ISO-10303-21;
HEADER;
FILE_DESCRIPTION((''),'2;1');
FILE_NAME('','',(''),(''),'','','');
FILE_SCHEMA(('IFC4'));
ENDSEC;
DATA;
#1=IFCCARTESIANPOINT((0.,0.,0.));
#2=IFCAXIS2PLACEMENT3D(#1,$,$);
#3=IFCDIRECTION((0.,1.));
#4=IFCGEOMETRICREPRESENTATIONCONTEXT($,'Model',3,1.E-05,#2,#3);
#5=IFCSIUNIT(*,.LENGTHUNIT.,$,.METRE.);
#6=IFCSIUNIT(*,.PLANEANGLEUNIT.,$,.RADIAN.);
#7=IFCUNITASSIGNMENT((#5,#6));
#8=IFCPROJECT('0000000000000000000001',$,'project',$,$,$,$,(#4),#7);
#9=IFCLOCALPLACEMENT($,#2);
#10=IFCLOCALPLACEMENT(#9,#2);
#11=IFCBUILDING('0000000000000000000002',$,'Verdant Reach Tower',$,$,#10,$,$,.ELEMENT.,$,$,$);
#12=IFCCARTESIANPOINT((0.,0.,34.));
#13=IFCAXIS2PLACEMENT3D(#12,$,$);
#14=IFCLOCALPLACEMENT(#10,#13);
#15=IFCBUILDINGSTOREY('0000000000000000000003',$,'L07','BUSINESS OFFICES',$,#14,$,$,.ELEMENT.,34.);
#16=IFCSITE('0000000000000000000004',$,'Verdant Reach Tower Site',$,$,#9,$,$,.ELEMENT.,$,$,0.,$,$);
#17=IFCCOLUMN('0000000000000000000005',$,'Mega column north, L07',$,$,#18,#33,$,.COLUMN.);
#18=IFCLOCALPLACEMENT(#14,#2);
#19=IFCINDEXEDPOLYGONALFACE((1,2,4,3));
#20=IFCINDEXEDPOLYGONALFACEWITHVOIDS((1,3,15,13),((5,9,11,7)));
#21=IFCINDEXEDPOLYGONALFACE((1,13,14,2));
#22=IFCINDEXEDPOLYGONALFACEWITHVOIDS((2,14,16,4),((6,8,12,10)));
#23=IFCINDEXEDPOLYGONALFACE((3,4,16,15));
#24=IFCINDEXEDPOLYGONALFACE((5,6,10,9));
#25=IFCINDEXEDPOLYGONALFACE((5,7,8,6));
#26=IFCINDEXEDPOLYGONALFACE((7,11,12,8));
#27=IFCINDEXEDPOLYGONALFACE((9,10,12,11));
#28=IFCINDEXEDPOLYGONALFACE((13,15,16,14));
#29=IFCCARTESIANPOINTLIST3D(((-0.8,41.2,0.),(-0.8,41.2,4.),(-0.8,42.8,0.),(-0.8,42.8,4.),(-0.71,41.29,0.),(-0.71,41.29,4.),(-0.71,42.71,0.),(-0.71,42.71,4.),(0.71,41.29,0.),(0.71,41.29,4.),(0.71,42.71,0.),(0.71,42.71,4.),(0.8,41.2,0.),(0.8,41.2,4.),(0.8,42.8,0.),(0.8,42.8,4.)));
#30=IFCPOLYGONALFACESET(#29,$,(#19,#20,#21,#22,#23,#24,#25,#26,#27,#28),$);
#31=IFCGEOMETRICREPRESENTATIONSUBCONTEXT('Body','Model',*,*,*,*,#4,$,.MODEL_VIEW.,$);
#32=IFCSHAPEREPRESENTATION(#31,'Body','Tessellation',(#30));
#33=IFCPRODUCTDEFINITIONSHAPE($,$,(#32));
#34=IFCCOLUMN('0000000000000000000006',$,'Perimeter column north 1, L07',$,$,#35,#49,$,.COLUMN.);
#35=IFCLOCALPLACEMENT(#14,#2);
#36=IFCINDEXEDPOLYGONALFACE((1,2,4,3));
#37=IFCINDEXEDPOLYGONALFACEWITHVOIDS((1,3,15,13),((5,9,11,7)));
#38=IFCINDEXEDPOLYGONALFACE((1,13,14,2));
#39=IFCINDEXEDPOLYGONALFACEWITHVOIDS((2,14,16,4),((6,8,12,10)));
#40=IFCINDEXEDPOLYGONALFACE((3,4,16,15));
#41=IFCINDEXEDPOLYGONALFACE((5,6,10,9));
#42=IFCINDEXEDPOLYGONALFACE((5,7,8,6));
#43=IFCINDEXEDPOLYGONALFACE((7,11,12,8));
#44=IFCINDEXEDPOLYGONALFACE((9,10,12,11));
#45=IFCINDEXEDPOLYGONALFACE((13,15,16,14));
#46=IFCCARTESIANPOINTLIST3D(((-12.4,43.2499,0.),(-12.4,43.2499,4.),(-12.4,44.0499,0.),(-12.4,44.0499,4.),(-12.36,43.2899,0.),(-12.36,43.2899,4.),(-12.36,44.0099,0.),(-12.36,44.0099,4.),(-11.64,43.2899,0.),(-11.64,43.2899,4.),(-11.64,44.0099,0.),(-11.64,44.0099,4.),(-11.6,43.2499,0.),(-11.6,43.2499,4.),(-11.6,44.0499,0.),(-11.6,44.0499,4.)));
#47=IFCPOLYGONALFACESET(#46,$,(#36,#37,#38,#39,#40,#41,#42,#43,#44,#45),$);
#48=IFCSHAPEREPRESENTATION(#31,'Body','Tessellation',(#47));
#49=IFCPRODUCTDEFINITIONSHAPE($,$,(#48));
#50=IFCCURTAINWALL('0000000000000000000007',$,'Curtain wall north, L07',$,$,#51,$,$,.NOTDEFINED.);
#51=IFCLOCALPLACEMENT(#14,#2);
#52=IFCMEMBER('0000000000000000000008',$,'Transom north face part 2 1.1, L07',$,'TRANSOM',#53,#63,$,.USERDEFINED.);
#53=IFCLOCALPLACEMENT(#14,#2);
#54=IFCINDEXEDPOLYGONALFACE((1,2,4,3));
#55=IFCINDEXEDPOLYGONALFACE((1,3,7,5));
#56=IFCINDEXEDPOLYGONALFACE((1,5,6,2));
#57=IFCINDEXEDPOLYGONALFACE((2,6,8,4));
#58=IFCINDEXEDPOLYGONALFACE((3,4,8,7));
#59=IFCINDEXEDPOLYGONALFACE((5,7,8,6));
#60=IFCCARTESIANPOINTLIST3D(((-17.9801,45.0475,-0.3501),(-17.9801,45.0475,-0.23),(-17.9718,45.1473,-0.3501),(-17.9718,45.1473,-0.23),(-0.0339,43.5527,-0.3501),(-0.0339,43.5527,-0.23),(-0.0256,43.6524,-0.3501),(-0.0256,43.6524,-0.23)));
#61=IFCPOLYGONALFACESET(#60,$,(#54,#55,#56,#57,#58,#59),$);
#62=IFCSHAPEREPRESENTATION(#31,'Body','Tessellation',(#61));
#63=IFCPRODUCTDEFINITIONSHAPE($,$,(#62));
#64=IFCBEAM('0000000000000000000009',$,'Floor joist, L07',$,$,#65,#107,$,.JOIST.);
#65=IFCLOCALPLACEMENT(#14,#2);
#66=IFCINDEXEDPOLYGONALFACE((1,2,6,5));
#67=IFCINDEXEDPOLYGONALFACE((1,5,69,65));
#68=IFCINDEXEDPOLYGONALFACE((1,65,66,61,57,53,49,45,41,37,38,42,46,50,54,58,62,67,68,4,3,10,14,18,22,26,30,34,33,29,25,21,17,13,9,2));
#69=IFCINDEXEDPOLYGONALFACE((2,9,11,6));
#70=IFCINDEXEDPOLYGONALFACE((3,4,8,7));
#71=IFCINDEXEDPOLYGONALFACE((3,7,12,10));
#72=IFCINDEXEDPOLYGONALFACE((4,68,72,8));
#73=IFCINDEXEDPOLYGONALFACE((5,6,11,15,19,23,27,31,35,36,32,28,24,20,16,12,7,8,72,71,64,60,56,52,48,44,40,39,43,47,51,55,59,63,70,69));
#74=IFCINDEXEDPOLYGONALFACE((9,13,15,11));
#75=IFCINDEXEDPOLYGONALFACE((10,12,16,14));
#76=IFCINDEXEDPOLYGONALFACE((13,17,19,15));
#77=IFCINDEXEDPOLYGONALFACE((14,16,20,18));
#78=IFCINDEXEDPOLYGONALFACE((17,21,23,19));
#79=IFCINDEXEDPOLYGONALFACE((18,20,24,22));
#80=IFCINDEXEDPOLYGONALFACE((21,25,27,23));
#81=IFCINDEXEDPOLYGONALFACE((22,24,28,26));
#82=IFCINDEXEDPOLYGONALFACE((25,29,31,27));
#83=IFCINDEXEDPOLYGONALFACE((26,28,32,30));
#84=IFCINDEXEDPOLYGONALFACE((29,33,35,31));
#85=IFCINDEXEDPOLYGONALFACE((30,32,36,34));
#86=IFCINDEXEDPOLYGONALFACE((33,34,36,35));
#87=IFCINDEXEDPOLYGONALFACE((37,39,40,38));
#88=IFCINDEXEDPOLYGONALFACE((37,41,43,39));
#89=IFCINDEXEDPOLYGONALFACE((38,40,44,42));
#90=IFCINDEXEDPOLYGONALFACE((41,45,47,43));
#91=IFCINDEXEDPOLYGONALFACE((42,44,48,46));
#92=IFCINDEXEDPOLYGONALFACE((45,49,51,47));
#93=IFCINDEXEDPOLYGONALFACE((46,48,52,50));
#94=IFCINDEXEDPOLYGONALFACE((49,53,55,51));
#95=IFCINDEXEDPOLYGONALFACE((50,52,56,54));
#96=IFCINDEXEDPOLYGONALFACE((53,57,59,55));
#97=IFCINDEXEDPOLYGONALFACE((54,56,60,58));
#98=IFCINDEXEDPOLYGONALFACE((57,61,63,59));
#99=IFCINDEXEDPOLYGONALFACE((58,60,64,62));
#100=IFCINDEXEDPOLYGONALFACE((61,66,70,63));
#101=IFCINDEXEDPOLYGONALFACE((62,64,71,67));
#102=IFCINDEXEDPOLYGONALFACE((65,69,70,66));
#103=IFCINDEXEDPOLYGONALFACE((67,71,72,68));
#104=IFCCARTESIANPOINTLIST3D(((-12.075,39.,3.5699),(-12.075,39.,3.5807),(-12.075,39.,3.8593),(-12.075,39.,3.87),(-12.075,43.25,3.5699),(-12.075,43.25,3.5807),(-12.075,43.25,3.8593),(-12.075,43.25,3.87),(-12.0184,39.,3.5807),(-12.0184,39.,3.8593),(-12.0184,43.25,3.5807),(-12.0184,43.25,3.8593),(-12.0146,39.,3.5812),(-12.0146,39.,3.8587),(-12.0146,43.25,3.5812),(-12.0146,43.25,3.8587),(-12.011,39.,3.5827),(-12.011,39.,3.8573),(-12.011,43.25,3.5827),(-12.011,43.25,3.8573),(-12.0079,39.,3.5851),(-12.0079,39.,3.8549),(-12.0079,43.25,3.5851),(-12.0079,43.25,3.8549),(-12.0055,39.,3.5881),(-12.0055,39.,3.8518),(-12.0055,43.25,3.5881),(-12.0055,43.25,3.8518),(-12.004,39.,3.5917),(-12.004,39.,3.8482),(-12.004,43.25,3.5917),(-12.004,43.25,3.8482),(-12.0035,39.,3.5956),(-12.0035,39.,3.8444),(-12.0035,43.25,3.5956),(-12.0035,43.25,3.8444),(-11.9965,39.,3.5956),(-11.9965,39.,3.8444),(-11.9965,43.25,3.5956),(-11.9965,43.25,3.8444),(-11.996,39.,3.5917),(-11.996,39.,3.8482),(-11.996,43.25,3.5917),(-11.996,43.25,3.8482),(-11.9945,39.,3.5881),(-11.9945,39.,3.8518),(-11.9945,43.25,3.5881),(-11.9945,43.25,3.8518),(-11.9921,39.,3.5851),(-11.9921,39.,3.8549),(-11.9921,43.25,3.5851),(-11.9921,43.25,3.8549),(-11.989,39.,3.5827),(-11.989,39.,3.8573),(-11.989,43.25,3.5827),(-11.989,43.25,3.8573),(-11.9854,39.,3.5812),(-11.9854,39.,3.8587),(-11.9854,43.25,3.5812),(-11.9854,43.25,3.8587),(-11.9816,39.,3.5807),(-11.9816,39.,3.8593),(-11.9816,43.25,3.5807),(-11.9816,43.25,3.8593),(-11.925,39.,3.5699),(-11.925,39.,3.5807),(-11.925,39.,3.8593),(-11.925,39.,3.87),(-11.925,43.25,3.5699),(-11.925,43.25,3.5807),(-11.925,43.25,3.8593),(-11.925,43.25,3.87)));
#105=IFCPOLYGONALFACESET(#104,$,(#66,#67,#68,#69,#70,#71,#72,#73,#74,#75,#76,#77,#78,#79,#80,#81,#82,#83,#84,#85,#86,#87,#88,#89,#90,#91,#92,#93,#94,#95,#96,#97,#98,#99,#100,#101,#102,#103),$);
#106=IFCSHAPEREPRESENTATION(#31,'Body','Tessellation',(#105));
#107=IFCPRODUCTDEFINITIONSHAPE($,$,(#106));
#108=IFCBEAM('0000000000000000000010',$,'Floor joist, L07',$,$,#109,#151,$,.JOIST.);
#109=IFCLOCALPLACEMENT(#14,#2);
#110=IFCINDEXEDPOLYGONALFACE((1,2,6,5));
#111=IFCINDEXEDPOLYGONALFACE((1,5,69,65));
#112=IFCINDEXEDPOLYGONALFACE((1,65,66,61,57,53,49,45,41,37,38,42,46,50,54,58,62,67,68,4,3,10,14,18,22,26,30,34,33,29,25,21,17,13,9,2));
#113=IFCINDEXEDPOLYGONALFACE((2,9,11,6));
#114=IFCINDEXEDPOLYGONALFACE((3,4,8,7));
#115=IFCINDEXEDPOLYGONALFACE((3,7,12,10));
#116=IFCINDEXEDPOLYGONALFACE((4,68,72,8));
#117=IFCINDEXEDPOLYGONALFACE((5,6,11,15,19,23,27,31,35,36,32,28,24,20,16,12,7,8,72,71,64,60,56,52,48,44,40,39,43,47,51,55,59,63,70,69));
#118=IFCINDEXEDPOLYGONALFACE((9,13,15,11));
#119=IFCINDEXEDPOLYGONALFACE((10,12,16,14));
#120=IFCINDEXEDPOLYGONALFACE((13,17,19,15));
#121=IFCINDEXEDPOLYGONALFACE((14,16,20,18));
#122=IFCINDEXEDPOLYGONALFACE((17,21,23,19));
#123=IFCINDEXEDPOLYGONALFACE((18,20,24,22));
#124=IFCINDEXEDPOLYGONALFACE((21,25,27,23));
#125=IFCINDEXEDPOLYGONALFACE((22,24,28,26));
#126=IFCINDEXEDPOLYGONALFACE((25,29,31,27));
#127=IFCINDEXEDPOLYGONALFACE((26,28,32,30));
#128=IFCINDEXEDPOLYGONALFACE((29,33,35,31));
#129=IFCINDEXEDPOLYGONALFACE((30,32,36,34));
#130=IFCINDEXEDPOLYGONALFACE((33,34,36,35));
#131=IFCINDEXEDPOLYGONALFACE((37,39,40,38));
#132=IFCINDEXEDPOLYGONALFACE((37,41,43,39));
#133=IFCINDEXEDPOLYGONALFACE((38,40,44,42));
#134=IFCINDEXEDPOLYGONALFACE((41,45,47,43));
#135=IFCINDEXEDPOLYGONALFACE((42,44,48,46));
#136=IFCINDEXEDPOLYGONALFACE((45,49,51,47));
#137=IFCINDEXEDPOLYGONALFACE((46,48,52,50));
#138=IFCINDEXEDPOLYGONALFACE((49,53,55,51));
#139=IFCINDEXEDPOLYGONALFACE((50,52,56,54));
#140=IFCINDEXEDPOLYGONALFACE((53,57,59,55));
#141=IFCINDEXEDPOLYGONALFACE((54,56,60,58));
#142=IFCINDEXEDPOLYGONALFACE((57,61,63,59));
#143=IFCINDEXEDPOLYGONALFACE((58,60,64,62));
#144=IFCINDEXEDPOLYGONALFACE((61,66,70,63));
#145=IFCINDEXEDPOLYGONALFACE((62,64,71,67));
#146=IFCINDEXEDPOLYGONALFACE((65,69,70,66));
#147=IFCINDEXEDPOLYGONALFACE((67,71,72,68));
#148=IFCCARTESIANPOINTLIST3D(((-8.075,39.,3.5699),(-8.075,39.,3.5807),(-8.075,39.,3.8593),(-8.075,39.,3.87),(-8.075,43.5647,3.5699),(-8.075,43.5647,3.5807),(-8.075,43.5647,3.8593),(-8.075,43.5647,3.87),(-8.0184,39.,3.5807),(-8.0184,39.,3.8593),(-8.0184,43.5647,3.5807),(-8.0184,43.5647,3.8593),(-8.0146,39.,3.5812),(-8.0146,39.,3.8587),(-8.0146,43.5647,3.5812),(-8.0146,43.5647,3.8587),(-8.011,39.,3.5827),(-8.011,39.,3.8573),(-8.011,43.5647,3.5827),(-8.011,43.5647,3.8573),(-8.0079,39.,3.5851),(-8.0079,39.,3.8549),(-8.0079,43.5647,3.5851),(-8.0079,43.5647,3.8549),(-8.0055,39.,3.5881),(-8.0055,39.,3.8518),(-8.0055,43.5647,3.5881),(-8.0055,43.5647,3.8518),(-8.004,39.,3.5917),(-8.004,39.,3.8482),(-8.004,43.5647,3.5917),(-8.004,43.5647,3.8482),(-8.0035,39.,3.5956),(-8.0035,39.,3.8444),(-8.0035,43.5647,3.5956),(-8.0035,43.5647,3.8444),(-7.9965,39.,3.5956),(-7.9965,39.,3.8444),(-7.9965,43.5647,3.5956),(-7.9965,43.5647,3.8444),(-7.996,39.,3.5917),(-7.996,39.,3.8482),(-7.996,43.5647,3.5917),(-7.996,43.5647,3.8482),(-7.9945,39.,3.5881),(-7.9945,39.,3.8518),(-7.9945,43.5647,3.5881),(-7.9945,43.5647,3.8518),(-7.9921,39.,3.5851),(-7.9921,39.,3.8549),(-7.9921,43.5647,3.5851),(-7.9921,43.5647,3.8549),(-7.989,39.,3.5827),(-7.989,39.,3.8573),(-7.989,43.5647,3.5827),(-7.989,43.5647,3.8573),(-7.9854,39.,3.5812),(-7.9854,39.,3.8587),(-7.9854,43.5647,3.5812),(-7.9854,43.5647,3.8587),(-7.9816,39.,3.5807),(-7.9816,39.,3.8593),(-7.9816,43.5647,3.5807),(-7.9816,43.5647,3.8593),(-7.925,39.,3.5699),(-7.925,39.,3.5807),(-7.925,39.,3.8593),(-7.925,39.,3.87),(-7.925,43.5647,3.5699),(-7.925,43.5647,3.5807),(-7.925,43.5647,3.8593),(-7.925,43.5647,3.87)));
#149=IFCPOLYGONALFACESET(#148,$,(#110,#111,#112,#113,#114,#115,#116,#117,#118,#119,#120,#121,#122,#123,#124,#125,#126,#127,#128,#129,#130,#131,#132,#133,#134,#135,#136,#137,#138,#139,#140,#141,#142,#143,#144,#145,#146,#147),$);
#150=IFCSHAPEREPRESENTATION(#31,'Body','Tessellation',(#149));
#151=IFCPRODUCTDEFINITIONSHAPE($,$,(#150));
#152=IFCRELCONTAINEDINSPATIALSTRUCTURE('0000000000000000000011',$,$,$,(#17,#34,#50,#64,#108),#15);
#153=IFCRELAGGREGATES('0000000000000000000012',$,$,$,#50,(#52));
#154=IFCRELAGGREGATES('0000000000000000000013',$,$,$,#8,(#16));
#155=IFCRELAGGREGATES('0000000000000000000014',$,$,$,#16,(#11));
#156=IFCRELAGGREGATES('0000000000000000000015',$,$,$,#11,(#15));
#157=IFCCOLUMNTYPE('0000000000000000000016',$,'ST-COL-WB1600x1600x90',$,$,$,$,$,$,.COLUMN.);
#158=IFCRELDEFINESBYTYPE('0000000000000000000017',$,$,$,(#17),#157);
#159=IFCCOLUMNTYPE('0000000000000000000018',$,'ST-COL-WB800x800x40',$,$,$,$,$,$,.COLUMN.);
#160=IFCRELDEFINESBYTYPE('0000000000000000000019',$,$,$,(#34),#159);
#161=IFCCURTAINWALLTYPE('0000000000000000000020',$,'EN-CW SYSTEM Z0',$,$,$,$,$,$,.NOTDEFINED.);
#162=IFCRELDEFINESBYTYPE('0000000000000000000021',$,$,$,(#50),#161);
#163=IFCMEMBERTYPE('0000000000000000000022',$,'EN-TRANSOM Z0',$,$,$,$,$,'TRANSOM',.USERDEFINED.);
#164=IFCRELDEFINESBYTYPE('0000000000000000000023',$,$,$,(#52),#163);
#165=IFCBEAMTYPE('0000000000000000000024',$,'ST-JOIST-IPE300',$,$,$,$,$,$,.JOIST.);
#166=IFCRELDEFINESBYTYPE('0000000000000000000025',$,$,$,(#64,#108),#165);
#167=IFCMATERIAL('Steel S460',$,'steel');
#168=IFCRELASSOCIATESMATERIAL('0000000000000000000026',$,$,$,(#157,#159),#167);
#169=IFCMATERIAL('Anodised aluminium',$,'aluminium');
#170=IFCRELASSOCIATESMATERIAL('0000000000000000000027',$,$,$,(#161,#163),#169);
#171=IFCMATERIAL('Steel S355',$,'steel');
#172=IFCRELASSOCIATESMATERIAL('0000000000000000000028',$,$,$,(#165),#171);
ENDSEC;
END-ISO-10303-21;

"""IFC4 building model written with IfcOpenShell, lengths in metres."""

from ifc_helpers import new_model, si_unit, direction, frame, origin, origin_2d, place, context, subcontext, project, spatial, rectangle, hollow_rectangle, i_section, extrude, material, material_profile, profile_set, type_object, element, aggregate, save


model = new_model("IFC4")

# Units and contexts
model_context = context("Model", 3, precision=1e-05, world=origin(), true_north=direction((0.0, 1.0)))
body_context = subcontext(model_context, "Body", "Model", "MODEL_VIEW")
ifc_project = project(units=[si_unit("LENGTHUNIT", "METRE"), si_unit("PLANEANGLEUNIT", "RADIAN")], contexts=[model_context])

# Site, building, storey
site_placement = place(None, origin())
site = spatial("IfcSite", under=ifc_project, at=site_placement, Name="Verdant Reach Tower Site", CompositionType="ELEMENT", RefElevation=0.0)
building_placement = place(site_placement, origin())
building = spatial("IfcBuilding", under=site, at=building_placement, Name="Verdant Reach Tower", CompositionType="ELEMENT")
storey_placement = place(building_placement, frame((0.0, 0.0, 34.0)))
storey = spatial("IfcBuildingStorey", under=building, at=storey_placement, Name="L07", Description="BUSINESS OFFICES", CompositionType="ELEMENT", Elevation=34.0)

# Columns
ifc_material_1 = material(Name="Steel S460", Category="steel")
ifc_material_profile_1 = material_profile(ifc_material_1, hollow_rectangle(XDim=1.6001, YDim=1.6001, WallThickness=0.0901, at=origin_2d()), Name="WB 1600x1600x90")
ifc_profile_set_1 = profile_set([ifc_material_profile_1], Name="Steel S460")
column_type_1 = type_object("IfcColumnType", Name="ST-COL-WB1600x1600x90", PredefinedType="COLUMN", material=ifc_profile_set_1)
column_1_placement = place(storey_placement, frame((0.0, 42.0, 0.0), z_axis=(0.0, 0.0, 1.0), x_axis=(1.0, 0.0, 0.0)))
element("IfcColumn", 1, at=column_1_placement, inside=storey, type_object=column_type_1, Name="Mega column north, L07", PredefinedType="COLUMN", context=body_context, shape_type="SweptSolid", body=[
    extrude(hollow_rectangle(XDim=1.6001, YDim=1.6001, WallThickness=0.0901, at=origin_2d()), origin(), (0.0, 0.0, 1.0), 4.0),
])
ifc_material_profile_2 = material_profile(ifc_material_1, hollow_rectangle(XDim=0.8, YDim=0.8, WallThickness=0.04, at=origin_2d()), Name="WB 800x800x40")
ifc_profile_set_2 = profile_set([ifc_material_profile_2], Name="Steel S460")
column_type_2 = type_object("IfcColumnType", Name="ST-COL-WB800x800x40", PredefinedType="COLUMN", material=ifc_profile_set_2)
column_2_placement = place(storey_placement, frame((-12.0, 43.6499, 0.0), z_axis=(0.0, 0.0, 1.0), x_axis=(1.0, 0.0, 0.0)))
element("IfcColumn", 2, at=column_2_placement, inside=storey, type_object=column_type_2, Name="Perimeter column north 1, L07", PredefinedType="COLUMN", context=body_context, shape_type="SweptSolid", body=[
    extrude(hollow_rectangle(XDim=0.8, YDim=0.8, WallThickness=0.04, at=origin_2d()), origin(), (0.0, 0.0, 1.0), 4.0),
])

# Curtain wall, member
ifc_material_2 = material(Name="Anodised aluminium", Category="aluminium")
curtain_wall_type = type_object("IfcCurtainWallType", Name="EN-CW SYSTEM Z0", PredefinedType="NOTDEFINED", material=ifc_material_2)
curtain_wall_placement = place(storey_placement, origin())
curtain_wall = element("IfcCurtainWall", 3, at=curtain_wall_placement, inside=storey, type_object=curtain_wall_type, Name="Curtain wall north, L07", PredefinedType="NOTDEFINED")
ifc_material_profile_3 = material_profile(ifc_material_2, rectangle(XDim=0.1001, YDim=0.1201, at=origin_2d()), Name="Transom 120x100")
ifc_profile_set_3 = profile_set([ifc_material_profile_3], Name="Anodised aluminium")
member_type = type_object("IfcMemberType", Name="EN-TRANSOM Z0", ElementType="TRANSOM", PredefinedType="USERDEFINED", material=ifc_profile_set_3)
member_placement = place(storey_placement, frame((-0.0298, 43.6025, -0.29), z_axis=(-0.996549, 0.083011, 0.0), x_axis=(-0.083011, -0.996549, 0.0)))
member = element("IfcMember", 4, at=member_placement, type_object=member_type, Name="Transom north face part 2 1.1, L07", ObjectType="TRANSOM", PredefinedType="USERDEFINED", context=body_context, shape_type="SweptSolid", body=[
    extrude(rectangle(XDim=0.1001, YDim=0.1201, at=origin_2d()), origin(), (0.0, 0.0, 1.0), 18.0083),
])

# Beams
ifc_material_3 = material(Name="Steel S355", Category="steel")
ifc_material_profile_4 = material_profile(ifc_material_3, i_section(OverallWidth=0.1499, OverallDepth=0.3, WebThickness=0.0071, FlangeThickness=0.0107, FilletRadius=0.0149, at=origin_2d()), Name="IPE 300")
ifc_profile_set_4 = profile_set([ifc_material_profile_4], Name="Steel S355")
beam_type_1 = type_object("IfcBeamType", Name="ST-JOIST-IPE300", PredefinedType="JOIST", material=ifc_profile_set_4)
beam_1_placement = place(storey_placement, frame((-12.0, 39.0, 3.72), z_axis=(0.0, 1.0, 0.0), x_axis=(-1.0, 0.0, 0.0)))
element("IfcBeam", 5, at=beam_1_placement, inside=storey, type_object=beam_type_1, Name="Floor joist, L07", PredefinedType="JOIST", context=body_context, shape_type="SweptSolid", body=[
    extrude(i_section(OverallWidth=0.1499, OverallDepth=0.3, WebThickness=0.0071, FlangeThickness=0.0107, FilletRadius=0.0149, at=origin_2d()), origin(), (0.0, 0.0, 1.0), 4.25),
])
beam_2_placement = place(storey_placement, frame((-8.0, 39.0, 3.72), z_axis=(0.0, 1.0, 0.0), x_axis=(-1.0, 0.0, 0.0)))
element("IfcBeam", 6, at=beam_2_placement, inside=storey, type_object=beam_type_1, Name="Floor joist, L07", PredefinedType="JOIST", context=body_context, shape_type="SweptSolid", body=[
    extrude(i_section(OverallWidth=0.1499, OverallDepth=0.3, WebThickness=0.0071, FlangeThickness=0.0107, FilletRadius=0.0149, at=origin_2d()), origin(), (0.0, 0.0, 1.0), 4.5647),
])

aggregate(curtain_wall, [member])

save(model, "model.ifc")
